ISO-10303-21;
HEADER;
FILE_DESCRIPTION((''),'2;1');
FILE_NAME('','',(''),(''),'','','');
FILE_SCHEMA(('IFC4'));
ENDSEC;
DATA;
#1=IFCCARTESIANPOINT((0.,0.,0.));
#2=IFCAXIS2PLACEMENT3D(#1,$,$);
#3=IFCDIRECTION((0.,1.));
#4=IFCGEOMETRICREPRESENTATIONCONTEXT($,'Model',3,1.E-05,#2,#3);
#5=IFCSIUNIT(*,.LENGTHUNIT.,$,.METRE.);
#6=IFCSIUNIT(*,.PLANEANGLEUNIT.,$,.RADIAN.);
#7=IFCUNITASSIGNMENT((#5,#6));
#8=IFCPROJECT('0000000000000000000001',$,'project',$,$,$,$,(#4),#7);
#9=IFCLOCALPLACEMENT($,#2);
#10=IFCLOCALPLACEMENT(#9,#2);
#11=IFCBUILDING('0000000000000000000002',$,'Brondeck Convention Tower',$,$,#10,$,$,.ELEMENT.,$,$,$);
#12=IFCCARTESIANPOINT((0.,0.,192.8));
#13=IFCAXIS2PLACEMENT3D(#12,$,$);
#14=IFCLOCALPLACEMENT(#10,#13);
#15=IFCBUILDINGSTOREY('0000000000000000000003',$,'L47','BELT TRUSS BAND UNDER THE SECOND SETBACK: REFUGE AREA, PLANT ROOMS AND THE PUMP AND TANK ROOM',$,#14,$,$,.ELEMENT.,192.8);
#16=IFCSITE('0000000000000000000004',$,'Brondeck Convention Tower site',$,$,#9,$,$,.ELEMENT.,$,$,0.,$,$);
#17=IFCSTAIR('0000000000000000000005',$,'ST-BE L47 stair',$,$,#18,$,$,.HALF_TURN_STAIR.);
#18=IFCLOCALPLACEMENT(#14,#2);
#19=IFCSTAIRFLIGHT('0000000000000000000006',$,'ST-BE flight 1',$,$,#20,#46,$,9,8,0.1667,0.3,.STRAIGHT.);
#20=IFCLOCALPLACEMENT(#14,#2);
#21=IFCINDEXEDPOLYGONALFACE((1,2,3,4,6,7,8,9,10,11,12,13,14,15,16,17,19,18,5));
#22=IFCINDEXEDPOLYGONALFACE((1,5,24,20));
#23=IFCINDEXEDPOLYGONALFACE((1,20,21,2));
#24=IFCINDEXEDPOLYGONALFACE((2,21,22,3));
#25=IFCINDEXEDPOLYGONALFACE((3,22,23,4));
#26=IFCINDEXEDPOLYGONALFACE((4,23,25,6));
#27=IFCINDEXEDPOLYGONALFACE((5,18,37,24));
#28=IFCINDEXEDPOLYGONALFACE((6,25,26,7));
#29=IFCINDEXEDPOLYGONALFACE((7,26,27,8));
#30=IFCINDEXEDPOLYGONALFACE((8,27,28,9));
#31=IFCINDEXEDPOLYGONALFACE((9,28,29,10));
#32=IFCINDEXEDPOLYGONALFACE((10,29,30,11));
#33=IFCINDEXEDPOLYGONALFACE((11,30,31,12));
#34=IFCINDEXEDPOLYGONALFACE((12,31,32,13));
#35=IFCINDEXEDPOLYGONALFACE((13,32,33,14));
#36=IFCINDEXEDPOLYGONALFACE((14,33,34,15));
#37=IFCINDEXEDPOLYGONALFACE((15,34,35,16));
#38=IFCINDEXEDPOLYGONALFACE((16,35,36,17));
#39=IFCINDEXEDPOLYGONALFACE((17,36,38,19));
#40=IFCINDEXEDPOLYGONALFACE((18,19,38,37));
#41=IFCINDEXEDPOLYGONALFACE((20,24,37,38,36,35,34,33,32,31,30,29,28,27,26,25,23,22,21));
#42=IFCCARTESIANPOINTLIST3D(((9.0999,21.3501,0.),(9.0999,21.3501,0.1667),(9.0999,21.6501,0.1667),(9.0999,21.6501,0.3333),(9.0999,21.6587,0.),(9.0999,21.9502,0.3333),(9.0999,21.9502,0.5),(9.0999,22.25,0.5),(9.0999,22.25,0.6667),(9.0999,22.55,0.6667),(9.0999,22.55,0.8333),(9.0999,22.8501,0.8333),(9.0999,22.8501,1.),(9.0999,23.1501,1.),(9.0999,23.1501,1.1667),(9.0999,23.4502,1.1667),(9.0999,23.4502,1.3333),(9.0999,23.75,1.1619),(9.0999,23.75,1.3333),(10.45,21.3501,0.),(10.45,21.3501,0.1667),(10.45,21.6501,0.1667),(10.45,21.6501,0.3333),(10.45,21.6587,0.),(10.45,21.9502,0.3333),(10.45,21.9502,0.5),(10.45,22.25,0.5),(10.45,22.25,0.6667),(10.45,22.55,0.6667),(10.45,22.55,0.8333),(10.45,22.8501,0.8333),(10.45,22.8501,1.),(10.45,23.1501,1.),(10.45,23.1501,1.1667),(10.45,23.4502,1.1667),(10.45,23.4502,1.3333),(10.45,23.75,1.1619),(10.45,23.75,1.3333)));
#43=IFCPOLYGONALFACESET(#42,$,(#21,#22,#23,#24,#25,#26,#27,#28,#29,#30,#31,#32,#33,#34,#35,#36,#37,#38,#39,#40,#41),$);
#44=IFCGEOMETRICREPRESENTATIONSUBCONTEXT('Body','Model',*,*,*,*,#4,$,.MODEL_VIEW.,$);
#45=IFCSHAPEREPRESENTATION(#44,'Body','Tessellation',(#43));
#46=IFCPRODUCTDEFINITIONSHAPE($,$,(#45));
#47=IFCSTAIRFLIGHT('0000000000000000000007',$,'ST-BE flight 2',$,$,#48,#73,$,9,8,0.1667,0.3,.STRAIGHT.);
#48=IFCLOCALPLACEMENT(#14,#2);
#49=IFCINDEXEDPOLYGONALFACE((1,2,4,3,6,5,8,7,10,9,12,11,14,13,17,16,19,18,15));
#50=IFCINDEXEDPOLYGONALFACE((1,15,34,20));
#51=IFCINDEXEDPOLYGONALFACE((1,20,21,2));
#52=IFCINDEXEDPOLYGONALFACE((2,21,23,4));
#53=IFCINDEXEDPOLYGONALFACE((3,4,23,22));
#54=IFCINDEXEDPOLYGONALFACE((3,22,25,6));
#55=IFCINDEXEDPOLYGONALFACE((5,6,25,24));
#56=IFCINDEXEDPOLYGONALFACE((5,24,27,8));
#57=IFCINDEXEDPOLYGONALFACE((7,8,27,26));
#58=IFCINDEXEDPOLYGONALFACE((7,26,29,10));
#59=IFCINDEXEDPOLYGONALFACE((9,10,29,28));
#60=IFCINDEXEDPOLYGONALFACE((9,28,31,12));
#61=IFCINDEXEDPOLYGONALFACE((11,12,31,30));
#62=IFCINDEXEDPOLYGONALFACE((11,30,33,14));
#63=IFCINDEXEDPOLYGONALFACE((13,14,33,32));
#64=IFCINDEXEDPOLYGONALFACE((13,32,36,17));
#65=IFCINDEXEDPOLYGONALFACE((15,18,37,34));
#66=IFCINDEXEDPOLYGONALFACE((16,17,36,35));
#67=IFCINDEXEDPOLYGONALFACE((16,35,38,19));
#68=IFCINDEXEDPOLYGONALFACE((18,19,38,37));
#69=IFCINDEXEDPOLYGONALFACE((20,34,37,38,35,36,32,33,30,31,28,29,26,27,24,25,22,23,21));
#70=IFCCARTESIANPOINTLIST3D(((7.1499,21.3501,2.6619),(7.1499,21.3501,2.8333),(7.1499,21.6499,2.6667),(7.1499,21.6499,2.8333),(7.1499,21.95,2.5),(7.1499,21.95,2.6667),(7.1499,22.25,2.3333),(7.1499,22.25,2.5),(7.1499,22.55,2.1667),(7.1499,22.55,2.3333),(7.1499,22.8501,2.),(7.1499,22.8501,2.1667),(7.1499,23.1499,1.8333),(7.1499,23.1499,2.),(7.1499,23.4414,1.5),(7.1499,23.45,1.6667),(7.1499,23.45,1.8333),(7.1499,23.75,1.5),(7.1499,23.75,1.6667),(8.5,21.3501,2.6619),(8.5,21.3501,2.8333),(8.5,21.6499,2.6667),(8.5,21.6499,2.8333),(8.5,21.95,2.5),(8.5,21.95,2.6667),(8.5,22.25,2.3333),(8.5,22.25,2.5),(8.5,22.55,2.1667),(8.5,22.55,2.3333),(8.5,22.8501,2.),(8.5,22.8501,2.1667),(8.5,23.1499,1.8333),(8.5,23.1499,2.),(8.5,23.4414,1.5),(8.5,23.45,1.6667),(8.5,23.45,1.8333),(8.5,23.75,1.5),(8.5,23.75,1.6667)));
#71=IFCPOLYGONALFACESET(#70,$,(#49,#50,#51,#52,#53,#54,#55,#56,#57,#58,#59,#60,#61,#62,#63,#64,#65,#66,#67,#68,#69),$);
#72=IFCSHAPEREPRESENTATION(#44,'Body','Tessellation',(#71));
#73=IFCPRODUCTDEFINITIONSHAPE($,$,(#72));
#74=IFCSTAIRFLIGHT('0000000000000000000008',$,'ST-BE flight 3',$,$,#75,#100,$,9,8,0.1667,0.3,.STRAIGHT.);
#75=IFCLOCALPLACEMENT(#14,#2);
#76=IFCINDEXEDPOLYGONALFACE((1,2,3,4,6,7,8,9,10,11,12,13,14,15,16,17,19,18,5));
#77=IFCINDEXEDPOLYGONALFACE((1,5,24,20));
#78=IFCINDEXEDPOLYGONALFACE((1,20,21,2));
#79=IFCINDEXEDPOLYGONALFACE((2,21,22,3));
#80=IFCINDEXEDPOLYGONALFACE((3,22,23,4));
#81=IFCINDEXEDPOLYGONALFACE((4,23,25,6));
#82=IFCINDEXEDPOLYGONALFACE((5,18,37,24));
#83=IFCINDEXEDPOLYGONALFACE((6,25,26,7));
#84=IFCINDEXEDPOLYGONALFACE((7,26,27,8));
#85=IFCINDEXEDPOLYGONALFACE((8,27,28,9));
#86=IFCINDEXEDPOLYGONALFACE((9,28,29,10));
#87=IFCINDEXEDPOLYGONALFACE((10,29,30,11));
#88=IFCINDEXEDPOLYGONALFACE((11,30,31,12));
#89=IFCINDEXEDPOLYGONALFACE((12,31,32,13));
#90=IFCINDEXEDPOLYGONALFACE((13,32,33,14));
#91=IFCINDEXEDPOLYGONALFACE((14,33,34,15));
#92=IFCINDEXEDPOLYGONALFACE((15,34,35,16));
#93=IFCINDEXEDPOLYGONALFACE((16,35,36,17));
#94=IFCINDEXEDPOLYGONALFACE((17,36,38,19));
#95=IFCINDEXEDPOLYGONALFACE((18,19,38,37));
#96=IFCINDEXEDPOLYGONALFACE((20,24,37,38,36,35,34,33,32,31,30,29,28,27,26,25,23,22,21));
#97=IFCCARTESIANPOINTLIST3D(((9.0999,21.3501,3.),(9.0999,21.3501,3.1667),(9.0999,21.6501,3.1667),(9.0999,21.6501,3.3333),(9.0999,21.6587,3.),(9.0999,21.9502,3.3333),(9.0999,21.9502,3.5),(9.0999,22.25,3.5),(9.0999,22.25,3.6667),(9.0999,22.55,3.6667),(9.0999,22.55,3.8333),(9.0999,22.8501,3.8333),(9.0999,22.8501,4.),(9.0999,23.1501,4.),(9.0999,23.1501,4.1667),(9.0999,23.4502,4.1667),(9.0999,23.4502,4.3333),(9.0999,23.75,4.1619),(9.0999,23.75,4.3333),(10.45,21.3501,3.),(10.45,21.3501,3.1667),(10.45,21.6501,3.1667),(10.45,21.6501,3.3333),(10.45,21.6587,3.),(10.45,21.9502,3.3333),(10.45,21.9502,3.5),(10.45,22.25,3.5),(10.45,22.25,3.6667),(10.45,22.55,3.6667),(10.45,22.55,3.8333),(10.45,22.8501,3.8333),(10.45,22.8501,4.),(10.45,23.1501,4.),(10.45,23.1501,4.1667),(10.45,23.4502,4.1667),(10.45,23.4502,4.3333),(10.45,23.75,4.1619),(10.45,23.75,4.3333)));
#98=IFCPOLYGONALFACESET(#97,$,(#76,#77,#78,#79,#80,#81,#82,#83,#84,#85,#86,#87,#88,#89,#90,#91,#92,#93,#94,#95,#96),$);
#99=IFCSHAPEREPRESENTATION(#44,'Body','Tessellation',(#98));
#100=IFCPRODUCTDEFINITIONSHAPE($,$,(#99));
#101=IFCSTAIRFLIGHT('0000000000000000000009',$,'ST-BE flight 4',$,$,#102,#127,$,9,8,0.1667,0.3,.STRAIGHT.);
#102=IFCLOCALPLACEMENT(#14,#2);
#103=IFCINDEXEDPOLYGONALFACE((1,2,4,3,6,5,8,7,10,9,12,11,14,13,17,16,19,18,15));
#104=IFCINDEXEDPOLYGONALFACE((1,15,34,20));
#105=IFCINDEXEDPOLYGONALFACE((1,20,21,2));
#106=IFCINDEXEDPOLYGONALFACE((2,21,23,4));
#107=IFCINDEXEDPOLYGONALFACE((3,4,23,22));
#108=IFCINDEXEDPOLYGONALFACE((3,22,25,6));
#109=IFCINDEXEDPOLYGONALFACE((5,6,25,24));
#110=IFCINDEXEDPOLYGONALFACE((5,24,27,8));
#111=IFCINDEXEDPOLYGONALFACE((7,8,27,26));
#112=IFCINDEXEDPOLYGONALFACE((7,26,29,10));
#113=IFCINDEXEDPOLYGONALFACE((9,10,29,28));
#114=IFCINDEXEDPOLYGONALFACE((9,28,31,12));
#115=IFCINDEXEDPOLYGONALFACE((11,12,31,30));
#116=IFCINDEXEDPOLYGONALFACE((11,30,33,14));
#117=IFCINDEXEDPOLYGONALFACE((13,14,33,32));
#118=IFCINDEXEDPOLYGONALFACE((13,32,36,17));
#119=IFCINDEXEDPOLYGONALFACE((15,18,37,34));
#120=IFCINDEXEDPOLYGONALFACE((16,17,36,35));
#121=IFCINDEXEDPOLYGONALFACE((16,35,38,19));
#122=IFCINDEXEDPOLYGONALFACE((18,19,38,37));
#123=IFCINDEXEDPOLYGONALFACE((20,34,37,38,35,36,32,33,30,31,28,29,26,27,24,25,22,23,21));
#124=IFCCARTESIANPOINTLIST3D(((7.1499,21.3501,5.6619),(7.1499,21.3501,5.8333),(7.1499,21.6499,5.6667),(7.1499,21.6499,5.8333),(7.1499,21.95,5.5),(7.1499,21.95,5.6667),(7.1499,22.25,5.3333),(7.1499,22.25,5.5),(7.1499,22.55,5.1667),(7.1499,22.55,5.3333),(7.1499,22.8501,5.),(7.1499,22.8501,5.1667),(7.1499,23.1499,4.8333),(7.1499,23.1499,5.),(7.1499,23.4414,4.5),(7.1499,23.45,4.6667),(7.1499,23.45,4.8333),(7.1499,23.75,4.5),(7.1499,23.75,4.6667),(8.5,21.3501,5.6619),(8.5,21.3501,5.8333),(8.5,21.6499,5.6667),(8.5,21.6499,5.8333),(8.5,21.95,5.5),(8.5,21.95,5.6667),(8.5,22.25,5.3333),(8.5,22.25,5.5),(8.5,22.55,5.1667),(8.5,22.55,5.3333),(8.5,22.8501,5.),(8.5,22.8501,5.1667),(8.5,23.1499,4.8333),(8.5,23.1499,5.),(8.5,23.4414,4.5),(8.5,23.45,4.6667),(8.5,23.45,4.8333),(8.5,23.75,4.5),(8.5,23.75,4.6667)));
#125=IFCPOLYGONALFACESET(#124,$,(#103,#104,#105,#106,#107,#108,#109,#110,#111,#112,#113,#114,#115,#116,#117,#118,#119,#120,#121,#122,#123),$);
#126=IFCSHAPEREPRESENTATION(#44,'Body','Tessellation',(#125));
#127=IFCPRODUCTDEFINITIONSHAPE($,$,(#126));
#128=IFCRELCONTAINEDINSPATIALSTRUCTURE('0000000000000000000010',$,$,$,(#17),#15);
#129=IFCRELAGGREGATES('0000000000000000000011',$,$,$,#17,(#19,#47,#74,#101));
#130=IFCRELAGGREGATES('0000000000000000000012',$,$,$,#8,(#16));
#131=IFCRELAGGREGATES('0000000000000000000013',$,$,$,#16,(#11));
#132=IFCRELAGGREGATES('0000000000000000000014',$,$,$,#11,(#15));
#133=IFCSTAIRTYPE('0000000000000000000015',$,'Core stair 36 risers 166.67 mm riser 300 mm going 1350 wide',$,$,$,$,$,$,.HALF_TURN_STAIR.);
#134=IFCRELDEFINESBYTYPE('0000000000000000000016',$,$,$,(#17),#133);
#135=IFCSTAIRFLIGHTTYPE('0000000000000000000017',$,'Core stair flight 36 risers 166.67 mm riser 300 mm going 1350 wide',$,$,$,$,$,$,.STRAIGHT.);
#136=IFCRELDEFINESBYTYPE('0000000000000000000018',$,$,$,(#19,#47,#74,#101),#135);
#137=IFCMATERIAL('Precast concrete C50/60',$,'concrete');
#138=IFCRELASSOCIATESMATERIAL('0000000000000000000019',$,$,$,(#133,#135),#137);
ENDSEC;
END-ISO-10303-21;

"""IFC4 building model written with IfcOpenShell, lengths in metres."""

from ifc_helpers import new_model, si_unit, direction, frame, origin, place, context, subcontext, project, spatial, polyline, outline, extrude, material, type_object, element, aggregate, save


model = new_model("IFC4")

# Units and contexts
model_context = context("Model", 3, precision=1e-05, world=origin(), true_north=direction((0.0, 1.0)))
body_context = subcontext(model_context, "Body", "Model", "MODEL_VIEW")
ifc_project = project(units=[si_unit("LENGTHUNIT", "METRE"), si_unit("PLANEANGLEUNIT", "RADIAN")], contexts=[model_context])

# Site, building, storey
site_placement = place(None, origin())
site = spatial("IfcSite", under=ifc_project, at=site_placement, Name="Brondeck Convention Tower site", CompositionType="ELEMENT", RefElevation=0.0)
building_placement = place(site_placement, origin())
building = spatial("IfcBuilding", under=site, at=building_placement, Name="Brondeck Convention Tower", CompositionType="ELEMENT")
storey_placement = place(building_placement, frame((0.0, 0.0, 192.8)))
storey = spatial("IfcBuildingStorey", under=building, at=storey_placement, Name="L47", Description="BELT TRUSS BAND UNDER THE SECOND SETBACK: REFUGE AREA, PLANT ROOMS AND THE PUMP AND TANK ROOM", CompositionType="ELEMENT", Elevation=192.8)

# Stair, stair flights
ifc_material_1 = material(Name="Precast concrete C50/60", Category="concrete")
stair_type = type_object("IfcStairType", Name="Core stair 36 risers 166.67 mm riser 300 mm going 1350 wide", PredefinedType="HALF_TURN_STAIR", material=ifc_material_1)
stair_placement = place(storey_placement, origin())
stair = element("IfcStair", 1, at=stair_placement, inside=storey, type_object=stair_type, Name="ST-BE L47 stair", PredefinedType="HALF_TURN_STAIR")
stair_flight_type = type_object("IfcStairFlightType", Name="Core stair flight 36 risers 166.67 mm riser 300 mm going 1350 wide", PredefinedType="STRAIGHT", material=ifc_material_1)
stair_flight_1_placement = place(storey_placement, frame((9.7749, 21.3501, 0.0), z_axis=(0.0, 0.0, 1.0), x_axis=(0.0, 1.0, 0.0)))
stair_flight_1 = element("IfcStairFlight", 2, at=stair_flight_1_placement, type_object=stair_flight_type, Name="ST-BE flight 1", NumberOfRisers=9, NumberOfTreads=8, PredefinedType="STRAIGHT", RiserHeight=0.1667, TreadLength=0.3, context=body_context, shape_type="SweptSolid", body=[
    extrude(outline(polyline([(0.0, 0.0), (0.0, 0.1667), (0.3, 0.1667), (0.3, 0.3333), (0.6001, 0.3333), (0.6001, 0.5), (0.8999, 0.5), (0.8999, 0.6667), (1.2, 0.6667), (1.2, 0.8333), (1.5, 0.8333), (1.5, 1.0), (1.8, 1.0), (1.8, 1.1667), (2.1001, 1.1667), (2.1001, 1.3333), (2.3999, 1.3333), (2.3999, 1.5), (2.3999, 1.1619), (0.3086, 0.0), (0.0, 0.0)])), frame((0.0, 0.675, 0.0), z_axis=(0.0, -1.0, 0.0), x_axis=(1.0, 0.0, 0.0)), (0.0, 0.0, 1.0), 1.3501),
])
stair_flight_2_placement = place(storey_placement, frame((7.825, 23.75, 1.5), z_axis=(0.0, 0.0, 1.0), x_axis=(0.0, -1.0, 0.0)))
stair_flight_2 = element("IfcStairFlight", 3, at=stair_flight_2_placement, type_object=stair_flight_type, Name="ST-BE flight 2", NumberOfRisers=9, NumberOfTreads=8, PredefinedType="STRAIGHT", RiserHeight=0.1667, TreadLength=0.3, context=body_context, shape_type="SweptSolid", body=[
    extrude(outline(polyline([(0.0, 0.0), (0.0, 0.1667), (0.3, 0.1667), (0.3, 0.3333), (0.6001, 0.3333), (0.6001, 0.5), (0.8999, 0.5), (0.8999, 0.6667), (1.2, 0.6667), (1.2, 0.8333), (1.5, 0.8333), (1.5, 1.0), (1.8, 1.0), (1.8, 1.1667), (2.1001, 1.1667), (2.1001, 1.3333), (2.3999, 1.3333), (2.3999, 1.5), (2.3999, 1.1619), (0.3086, 0.0), (0.0, 0.0)])), frame((0.0, 0.675, 0.0), z_axis=(0.0, -1.0, 0.0), x_axis=(1.0, 0.0, 0.0)), (0.0, 0.0, 1.0), 1.3501),
])
stair_flight_3_placement = place(storey_placement, frame((9.7749, 21.3501, 3.0), z_axis=(0.0, 0.0, 1.0), x_axis=(0.0, 1.0, 0.0)))
stair_flight_3 = element("IfcStairFlight", 4, at=stair_flight_3_placement, type_object=stair_flight_type, Name="ST-BE flight 3", NumberOfRisers=9, NumberOfTreads=8, PredefinedType="STRAIGHT", RiserHeight=0.1667, TreadLength=0.3, context=body_context, shape_type="SweptSolid", body=[
    extrude(outline(polyline([(0.0, 0.0), (0.0, 0.1667), (0.3, 0.1667), (0.3, 0.3333), (0.6001, 0.3333), (0.6001, 0.5), (0.8999, 0.5), (0.8999, 0.6667), (1.2, 0.6667), (1.2, 0.8333), (1.5, 0.8333), (1.5, 1.0), (1.8, 1.0), (1.8, 1.1667), (2.1001, 1.1667), (2.1001, 1.3333), (2.3999, 1.3333), (2.3999, 1.5), (2.3999, 1.1619), (0.3086, 0.0), (0.0, 0.0)])), frame((0.0, 0.675, 0.0), z_axis=(0.0, -1.0, 0.0), x_axis=(1.0, 0.0, 0.0)), (0.0, 0.0, 1.0), 1.3501),
])
stair_flight_4_placement = place(storey_placement, frame((7.825, 23.75, 4.5), z_axis=(0.0, 0.0, 1.0), x_axis=(0.0, -1.0, 0.0)))
stair_flight_4 = element("IfcStairFlight", 5, at=stair_flight_4_placement, type_object=stair_flight_type, Name="ST-BE flight 4", NumberOfRisers=9, NumberOfTreads=8, PredefinedType="STRAIGHT", RiserHeight=0.1667, TreadLength=0.3, context=body_context, shape_type="SweptSolid", body=[
    extrude(outline(polyline([(0.0, 0.0), (0.0, 0.1667), (0.3, 0.1667), (0.3, 0.3333), (0.6001, 0.3333), (0.6001, 0.5), (0.8999, 0.5), (0.8999, 0.6667), (1.2, 0.6667), (1.2, 0.8333), (1.5, 0.8333), (1.5, 1.0), (1.8, 1.0), (1.8, 1.1667), (2.1001, 1.1667), (2.1001, 1.3333), (2.3999, 1.3333), (2.3999, 1.5), (2.3999, 1.1619), (0.3086, 0.0), (0.0, 0.0)])), frame((0.0, 0.675, 0.0), z_axis=(0.0, -1.0, 0.0), x_axis=(1.0, 0.0, 0.0)), (0.0, 0.0, 1.0), 1.3501),
])
aggregate(stair, [stair_flight_1, stair_flight_2, stair_flight_3, stair_flight_4])

save(model, "model.ifc")
